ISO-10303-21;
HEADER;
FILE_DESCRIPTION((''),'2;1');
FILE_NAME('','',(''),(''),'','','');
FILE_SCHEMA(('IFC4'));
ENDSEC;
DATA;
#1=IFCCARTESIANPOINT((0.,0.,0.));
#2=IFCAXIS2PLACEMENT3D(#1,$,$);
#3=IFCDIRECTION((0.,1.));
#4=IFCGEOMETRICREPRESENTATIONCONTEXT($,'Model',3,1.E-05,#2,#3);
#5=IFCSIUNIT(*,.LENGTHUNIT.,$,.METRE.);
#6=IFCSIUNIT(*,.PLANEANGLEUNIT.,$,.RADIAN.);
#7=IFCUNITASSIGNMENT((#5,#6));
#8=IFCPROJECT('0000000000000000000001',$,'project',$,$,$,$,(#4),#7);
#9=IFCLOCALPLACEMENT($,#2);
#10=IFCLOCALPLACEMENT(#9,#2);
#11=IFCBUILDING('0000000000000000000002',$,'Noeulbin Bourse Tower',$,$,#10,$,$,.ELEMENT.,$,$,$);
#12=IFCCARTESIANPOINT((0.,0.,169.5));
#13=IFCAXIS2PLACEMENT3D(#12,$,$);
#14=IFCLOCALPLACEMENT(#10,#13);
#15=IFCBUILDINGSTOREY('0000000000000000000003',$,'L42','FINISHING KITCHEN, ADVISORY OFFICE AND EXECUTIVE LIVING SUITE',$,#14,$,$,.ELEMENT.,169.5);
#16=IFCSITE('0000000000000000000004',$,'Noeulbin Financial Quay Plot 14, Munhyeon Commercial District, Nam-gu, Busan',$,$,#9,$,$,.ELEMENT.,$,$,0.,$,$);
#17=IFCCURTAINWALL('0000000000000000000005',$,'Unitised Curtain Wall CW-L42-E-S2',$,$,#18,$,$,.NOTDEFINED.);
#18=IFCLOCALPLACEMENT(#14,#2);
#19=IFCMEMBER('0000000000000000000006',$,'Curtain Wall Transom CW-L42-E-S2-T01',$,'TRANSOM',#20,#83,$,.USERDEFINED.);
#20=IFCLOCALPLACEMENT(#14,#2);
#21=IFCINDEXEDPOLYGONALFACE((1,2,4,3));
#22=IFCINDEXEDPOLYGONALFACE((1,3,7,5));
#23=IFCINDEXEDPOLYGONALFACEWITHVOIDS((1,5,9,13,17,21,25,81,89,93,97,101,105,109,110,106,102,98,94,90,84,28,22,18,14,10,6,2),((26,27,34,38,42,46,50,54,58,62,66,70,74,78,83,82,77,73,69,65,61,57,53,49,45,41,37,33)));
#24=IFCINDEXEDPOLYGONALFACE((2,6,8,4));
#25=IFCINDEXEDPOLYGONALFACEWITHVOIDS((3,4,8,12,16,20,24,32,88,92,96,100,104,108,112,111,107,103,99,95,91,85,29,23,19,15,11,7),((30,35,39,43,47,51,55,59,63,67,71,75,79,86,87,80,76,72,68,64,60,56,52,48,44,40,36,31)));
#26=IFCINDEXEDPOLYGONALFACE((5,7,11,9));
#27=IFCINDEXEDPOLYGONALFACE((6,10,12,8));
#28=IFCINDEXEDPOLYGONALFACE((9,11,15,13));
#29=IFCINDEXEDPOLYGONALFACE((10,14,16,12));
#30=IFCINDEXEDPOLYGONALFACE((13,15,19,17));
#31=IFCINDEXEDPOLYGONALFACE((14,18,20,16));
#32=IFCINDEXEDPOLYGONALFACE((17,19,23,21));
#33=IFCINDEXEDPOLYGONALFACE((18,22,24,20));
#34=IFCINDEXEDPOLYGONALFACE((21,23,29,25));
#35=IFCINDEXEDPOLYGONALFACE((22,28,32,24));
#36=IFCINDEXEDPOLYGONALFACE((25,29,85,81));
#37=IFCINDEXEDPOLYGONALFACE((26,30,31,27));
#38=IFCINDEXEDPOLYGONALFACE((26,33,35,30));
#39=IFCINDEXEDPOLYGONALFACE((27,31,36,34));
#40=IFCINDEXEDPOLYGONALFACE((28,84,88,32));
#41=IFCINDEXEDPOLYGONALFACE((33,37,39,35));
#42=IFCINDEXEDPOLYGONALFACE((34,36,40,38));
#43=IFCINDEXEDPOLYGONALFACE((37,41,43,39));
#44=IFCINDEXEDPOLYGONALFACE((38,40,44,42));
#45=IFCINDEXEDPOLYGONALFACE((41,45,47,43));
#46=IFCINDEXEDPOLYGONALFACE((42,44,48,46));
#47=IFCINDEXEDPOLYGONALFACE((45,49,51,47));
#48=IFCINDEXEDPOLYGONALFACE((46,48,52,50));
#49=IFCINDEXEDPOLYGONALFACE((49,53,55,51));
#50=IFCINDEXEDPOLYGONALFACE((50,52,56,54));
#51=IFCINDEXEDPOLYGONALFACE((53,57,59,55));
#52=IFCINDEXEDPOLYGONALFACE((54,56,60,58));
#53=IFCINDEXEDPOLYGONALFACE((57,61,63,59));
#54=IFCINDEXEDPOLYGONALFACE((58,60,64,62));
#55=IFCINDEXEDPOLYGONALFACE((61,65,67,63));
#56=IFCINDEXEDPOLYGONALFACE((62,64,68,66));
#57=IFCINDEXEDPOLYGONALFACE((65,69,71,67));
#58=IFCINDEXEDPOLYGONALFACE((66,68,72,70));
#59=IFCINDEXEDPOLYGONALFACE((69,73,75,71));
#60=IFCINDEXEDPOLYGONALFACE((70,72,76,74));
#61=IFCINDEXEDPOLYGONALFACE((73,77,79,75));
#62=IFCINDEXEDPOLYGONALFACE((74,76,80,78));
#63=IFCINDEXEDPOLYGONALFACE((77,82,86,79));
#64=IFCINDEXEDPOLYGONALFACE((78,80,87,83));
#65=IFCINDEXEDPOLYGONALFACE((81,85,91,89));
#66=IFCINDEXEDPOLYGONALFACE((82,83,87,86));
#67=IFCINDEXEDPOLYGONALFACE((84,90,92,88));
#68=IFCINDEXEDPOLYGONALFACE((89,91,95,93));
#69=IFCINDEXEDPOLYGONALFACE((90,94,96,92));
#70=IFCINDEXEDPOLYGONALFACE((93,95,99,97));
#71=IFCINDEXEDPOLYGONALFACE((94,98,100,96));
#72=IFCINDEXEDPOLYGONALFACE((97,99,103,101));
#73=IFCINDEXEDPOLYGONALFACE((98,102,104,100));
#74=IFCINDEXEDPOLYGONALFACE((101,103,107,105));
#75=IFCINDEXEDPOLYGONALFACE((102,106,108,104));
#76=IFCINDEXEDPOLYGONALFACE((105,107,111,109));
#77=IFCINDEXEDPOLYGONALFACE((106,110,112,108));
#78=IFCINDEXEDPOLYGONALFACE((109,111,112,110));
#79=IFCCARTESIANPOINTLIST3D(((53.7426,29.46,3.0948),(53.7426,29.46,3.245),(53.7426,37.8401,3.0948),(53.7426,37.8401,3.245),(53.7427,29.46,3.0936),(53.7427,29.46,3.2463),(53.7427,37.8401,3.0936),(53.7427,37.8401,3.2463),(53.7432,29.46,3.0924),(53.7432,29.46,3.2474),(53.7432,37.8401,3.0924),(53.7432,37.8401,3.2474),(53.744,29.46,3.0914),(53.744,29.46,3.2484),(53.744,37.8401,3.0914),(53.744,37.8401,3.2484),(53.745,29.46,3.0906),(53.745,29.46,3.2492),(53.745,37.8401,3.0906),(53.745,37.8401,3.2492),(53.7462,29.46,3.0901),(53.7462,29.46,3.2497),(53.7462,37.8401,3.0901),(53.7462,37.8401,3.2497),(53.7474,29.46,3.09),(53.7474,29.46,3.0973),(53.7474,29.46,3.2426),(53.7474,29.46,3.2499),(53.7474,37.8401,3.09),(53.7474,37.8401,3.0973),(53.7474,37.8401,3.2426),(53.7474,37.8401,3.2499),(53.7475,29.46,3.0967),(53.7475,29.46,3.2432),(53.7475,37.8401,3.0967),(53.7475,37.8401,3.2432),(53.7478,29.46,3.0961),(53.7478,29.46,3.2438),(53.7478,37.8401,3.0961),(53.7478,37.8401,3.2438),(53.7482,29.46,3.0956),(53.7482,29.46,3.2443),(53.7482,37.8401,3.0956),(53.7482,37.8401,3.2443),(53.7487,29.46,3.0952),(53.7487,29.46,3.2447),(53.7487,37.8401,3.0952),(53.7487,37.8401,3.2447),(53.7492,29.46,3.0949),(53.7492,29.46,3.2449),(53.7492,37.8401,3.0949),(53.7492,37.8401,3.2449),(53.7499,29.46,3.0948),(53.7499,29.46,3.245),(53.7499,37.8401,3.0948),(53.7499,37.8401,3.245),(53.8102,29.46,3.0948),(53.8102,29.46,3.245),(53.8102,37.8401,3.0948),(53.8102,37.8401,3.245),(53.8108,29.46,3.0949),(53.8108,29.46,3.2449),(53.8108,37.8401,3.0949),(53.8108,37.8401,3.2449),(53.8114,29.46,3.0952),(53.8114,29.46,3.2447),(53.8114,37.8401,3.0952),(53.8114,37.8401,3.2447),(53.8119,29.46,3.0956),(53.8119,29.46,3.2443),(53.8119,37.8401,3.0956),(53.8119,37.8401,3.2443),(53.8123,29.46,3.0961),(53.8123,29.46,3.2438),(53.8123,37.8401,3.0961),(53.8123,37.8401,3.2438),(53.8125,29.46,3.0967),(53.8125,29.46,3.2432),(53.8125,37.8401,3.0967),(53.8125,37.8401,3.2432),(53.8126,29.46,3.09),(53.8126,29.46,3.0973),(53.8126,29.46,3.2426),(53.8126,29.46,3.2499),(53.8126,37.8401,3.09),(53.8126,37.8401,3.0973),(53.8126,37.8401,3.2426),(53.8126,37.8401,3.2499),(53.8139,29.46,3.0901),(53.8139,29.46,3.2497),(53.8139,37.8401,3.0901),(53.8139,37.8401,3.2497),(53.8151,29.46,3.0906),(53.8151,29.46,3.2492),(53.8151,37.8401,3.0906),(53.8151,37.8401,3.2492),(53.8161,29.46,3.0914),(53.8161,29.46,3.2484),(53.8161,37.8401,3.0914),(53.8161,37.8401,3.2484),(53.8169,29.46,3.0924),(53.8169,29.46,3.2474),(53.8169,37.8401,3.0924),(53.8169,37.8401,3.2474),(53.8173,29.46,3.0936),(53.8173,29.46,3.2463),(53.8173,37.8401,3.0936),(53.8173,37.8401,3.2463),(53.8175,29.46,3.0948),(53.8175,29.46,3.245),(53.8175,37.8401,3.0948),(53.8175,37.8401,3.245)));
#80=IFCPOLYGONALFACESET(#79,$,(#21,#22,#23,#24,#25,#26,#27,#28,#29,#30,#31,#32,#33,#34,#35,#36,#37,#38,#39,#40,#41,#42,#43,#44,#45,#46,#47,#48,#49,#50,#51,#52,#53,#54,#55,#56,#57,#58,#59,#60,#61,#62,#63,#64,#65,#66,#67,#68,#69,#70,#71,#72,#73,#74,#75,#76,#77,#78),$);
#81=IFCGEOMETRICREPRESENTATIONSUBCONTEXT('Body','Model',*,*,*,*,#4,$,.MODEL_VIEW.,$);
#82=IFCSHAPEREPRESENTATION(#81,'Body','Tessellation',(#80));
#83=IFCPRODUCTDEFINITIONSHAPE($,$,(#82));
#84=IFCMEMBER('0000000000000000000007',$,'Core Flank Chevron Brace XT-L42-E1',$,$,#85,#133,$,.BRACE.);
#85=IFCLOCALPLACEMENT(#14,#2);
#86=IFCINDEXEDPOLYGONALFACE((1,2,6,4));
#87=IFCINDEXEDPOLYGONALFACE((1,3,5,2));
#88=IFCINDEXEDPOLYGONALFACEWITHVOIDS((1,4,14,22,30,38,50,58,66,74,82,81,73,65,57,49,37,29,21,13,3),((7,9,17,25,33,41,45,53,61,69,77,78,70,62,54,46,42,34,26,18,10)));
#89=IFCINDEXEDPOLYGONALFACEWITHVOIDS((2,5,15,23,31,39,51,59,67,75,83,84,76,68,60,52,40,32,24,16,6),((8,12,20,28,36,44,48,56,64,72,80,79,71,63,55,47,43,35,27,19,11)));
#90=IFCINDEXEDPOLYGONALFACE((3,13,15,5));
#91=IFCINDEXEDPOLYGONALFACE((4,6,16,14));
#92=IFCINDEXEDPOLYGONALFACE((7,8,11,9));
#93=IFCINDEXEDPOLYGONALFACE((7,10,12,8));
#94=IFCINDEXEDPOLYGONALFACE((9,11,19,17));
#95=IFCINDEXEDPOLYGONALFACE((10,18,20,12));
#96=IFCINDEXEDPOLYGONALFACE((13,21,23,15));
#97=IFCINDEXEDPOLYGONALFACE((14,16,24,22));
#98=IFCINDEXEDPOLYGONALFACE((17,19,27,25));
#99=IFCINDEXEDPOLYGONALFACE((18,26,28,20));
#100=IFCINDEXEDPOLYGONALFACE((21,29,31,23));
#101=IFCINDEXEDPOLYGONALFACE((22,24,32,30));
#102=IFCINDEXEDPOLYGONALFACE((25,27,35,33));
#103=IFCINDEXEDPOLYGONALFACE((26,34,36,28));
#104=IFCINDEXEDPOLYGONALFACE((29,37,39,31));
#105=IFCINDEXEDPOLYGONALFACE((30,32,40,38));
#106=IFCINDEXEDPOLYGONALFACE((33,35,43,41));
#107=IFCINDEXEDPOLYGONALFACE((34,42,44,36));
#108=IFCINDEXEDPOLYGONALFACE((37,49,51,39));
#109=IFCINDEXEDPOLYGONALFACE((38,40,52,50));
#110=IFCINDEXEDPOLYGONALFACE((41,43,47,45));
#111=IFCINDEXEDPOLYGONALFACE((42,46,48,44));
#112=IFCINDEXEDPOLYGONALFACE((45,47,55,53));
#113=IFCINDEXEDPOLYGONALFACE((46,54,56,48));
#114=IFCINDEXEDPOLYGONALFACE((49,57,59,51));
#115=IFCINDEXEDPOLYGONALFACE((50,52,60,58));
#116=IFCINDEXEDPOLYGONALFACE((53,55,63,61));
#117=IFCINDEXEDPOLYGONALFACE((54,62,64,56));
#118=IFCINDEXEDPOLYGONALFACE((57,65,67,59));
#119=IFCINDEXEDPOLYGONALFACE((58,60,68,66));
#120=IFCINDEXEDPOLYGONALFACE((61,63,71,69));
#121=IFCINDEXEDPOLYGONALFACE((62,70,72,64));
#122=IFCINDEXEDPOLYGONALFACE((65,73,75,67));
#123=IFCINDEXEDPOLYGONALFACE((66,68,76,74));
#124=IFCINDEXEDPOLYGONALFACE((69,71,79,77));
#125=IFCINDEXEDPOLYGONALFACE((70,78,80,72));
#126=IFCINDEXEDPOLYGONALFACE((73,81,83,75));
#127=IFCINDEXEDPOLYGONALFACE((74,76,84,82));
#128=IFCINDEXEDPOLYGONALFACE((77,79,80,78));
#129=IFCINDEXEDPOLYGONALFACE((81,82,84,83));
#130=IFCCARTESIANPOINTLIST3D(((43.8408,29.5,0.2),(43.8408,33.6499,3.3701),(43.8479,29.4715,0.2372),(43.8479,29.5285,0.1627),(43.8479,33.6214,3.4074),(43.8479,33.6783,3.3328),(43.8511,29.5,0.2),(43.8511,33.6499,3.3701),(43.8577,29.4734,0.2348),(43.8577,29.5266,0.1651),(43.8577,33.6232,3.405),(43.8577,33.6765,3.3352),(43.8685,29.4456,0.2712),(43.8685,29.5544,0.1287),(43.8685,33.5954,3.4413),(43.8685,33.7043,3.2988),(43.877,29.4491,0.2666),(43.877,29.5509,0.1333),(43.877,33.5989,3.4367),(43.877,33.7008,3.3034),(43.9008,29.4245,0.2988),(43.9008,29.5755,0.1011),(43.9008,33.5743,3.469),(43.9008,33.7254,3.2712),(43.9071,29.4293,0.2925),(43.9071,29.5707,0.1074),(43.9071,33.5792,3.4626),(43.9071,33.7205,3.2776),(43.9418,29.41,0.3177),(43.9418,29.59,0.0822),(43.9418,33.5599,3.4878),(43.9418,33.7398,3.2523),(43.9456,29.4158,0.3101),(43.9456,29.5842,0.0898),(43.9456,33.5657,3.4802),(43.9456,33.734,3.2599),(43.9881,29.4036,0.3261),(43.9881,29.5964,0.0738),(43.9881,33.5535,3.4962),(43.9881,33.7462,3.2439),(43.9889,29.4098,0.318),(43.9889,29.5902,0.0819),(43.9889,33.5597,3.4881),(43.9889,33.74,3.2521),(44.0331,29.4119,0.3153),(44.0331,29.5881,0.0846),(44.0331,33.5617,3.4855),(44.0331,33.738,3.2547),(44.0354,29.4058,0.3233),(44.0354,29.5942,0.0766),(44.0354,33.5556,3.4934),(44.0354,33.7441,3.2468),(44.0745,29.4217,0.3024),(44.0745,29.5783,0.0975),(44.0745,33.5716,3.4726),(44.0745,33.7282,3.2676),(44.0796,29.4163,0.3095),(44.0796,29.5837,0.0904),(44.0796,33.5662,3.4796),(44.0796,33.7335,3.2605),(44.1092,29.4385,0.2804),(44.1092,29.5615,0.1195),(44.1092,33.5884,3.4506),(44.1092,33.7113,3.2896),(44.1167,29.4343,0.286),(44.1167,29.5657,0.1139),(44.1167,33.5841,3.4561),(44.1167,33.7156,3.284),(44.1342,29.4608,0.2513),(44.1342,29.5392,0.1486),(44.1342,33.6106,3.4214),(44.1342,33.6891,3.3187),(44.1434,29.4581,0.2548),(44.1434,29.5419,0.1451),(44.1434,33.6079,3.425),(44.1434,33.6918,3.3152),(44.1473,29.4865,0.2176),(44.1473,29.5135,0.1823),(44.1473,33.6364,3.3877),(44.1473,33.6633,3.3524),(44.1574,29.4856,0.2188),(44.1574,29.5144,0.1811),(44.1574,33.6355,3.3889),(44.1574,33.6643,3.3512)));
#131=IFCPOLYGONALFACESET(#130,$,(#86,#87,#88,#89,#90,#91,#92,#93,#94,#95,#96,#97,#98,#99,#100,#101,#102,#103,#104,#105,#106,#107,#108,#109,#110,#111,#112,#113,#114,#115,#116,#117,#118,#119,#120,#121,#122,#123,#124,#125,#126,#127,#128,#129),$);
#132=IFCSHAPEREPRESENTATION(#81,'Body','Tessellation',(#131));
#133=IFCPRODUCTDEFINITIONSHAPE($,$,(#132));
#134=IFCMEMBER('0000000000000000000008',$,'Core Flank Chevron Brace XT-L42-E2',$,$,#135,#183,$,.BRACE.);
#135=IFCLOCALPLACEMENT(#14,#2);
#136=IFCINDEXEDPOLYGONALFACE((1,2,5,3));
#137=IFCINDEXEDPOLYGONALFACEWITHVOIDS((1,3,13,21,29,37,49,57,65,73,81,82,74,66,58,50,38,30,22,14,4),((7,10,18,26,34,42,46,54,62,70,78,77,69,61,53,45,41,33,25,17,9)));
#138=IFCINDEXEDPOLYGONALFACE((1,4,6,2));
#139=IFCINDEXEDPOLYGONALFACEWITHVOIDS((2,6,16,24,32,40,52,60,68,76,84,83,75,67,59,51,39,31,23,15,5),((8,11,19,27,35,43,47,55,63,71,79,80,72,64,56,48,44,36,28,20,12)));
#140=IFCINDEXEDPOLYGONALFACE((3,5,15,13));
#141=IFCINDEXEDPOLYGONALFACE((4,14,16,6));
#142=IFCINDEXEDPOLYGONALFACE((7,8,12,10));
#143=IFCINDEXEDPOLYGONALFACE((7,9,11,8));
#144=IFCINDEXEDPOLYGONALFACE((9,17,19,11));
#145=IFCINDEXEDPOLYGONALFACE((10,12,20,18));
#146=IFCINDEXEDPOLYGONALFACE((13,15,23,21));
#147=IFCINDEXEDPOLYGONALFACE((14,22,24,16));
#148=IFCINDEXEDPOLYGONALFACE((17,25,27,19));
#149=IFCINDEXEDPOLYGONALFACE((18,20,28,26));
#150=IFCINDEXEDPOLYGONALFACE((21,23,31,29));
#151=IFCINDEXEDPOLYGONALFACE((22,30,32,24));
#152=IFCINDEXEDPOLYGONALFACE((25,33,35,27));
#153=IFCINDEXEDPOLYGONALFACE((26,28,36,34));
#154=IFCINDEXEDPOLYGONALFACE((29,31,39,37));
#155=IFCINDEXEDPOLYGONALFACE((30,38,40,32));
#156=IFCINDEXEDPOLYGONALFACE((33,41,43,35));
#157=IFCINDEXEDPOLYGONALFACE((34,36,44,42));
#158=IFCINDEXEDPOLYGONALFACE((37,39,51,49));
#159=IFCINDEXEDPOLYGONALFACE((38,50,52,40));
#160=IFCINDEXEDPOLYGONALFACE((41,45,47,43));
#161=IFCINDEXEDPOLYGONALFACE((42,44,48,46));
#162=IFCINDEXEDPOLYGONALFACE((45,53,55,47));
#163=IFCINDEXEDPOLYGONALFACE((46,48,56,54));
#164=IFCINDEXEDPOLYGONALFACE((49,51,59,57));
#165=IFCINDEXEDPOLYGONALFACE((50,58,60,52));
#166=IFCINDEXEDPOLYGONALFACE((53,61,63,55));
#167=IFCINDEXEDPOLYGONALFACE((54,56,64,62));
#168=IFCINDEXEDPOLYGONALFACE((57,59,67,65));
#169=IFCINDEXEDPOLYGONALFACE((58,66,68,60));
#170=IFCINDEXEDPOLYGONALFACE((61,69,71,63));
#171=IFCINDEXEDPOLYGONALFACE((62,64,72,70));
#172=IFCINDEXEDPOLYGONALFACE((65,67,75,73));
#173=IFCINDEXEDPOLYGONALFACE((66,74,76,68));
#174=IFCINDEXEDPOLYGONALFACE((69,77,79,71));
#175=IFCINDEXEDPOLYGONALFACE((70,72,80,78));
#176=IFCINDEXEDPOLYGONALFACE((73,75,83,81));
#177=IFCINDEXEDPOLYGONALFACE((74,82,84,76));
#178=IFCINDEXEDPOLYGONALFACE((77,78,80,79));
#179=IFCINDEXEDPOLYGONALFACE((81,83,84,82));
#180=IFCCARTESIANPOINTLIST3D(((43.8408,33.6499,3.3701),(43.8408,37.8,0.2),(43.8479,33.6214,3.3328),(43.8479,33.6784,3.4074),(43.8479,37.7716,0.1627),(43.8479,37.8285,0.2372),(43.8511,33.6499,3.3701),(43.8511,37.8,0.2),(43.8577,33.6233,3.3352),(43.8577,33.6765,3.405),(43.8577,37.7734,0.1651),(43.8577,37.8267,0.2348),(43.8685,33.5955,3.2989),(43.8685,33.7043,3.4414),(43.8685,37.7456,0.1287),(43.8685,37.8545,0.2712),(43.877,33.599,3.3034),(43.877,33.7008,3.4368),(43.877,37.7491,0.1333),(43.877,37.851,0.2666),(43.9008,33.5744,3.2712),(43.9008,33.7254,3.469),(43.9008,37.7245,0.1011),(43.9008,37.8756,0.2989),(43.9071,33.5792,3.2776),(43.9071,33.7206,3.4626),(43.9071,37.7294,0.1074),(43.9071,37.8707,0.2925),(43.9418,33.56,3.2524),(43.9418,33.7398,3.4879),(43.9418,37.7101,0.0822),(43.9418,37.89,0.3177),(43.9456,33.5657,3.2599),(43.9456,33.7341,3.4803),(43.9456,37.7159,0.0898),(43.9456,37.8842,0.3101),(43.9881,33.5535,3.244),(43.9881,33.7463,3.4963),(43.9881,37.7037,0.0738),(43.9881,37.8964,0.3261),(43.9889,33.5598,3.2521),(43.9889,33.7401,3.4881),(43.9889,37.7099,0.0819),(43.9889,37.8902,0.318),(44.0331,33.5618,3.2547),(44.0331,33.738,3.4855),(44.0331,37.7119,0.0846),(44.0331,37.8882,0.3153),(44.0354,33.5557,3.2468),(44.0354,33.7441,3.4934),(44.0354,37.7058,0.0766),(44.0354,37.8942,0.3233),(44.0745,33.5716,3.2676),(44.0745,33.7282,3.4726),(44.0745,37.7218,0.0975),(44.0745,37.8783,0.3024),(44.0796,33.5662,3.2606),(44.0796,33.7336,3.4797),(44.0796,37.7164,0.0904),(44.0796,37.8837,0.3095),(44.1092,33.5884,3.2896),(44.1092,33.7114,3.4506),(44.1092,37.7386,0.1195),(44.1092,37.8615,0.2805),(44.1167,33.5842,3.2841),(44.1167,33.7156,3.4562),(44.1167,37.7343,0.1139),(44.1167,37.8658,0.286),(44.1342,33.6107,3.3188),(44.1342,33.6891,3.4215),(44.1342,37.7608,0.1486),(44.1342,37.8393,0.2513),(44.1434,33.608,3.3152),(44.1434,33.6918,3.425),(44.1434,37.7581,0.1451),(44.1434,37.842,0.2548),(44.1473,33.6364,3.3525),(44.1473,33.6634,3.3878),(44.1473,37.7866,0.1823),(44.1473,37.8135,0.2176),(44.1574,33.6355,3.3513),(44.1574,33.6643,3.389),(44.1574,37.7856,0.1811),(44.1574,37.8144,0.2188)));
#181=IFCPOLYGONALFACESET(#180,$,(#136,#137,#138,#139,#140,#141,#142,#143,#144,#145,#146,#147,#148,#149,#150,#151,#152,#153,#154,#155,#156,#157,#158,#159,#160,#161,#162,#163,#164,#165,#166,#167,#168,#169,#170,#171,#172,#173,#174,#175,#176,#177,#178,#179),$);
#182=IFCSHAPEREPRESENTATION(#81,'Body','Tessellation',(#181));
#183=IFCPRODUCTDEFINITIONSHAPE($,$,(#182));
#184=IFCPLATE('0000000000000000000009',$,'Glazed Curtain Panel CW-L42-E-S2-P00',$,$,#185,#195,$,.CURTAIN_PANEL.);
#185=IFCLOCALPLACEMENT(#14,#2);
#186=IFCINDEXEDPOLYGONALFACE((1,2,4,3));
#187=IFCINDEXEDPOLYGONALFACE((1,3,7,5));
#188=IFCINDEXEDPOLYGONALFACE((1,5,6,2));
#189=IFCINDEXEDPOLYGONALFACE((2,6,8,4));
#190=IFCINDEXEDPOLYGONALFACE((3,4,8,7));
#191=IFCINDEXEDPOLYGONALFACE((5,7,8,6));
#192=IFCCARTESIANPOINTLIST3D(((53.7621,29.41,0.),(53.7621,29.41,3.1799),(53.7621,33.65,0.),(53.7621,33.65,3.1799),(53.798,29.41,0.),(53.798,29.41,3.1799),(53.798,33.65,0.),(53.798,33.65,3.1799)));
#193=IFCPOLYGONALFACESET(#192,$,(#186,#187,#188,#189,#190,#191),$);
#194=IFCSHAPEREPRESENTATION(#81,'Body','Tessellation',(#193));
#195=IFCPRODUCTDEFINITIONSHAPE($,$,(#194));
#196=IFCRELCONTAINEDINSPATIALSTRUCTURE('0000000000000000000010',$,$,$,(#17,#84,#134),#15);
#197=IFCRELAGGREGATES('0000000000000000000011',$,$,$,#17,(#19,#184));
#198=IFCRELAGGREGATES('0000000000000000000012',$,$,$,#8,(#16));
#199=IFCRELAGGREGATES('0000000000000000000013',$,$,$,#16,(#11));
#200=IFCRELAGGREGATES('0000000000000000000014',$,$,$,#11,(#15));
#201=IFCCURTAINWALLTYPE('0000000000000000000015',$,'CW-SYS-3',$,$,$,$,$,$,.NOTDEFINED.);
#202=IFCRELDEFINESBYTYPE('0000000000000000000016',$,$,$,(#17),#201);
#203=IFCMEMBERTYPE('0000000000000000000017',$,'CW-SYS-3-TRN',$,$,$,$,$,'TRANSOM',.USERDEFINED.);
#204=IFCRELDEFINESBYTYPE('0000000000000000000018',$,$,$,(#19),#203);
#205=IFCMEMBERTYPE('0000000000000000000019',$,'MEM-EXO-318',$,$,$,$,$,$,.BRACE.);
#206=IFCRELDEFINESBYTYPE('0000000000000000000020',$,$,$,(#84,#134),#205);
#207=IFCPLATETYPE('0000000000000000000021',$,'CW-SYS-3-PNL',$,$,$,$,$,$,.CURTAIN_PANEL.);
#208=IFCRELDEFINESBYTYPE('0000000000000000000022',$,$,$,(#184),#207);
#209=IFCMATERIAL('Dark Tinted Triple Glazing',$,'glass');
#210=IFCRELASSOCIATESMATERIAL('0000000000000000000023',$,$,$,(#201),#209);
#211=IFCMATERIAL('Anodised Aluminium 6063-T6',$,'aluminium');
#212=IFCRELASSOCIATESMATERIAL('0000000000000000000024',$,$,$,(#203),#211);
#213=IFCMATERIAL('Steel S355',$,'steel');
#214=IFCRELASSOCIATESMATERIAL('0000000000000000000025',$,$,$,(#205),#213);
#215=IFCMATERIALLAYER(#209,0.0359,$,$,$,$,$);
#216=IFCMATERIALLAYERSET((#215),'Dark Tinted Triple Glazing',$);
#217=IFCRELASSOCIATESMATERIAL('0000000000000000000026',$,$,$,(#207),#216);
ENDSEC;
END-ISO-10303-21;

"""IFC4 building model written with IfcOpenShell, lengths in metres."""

from ifc_helpers import new_model, si_unit, direction, frame, origin, origin_2d, place, context, subcontext, project, spatial, rectangle, hollow_rectangle, hollow_circle, extrude, material, layer, layer_set, material_profile, profile_set, type_object, element, aggregate, save


model = new_model("IFC4")

# Units and contexts
model_context = context("Model", 3, precision=1e-05, world=origin(), true_north=direction((0.0, 1.0)))
body_context = subcontext(model_context, "Body", "Model", "MODEL_VIEW")
ifc_project = project(units=[si_unit("LENGTHUNIT", "METRE"), si_unit("PLANEANGLEUNIT", "RADIAN")], contexts=[model_context])

# Site, building, storey
site_placement = place(None, origin())
site = spatial("IfcSite", under=ifc_project, at=site_placement, Name="Noeulbin Financial Quay Plot 14, Munhyeon Commercial District, Nam-gu, Busan", CompositionType="ELEMENT", RefElevation=0.0)
building_placement = place(site_placement, origin())
building = spatial("IfcBuilding", under=site, at=building_placement, Name="Noeulbin Bourse Tower", CompositionType="ELEMENT")
storey_placement = place(building_placement, frame((0.0, 0.0, 169.5)))
storey = spatial("IfcBuildingStorey", under=building, at=storey_placement, Name="L42", Description="FINISHING KITCHEN, ADVISORY OFFICE AND EXECUTIVE LIVING SUITE", CompositionType="ELEMENT", Elevation=169.5)

# Shared definitions
ifc_material_1 = material(Name="Steel S355", Category="steel")

# Curtain wall, member
ifc_material_2 = material(Name="Dark Tinted Triple Glazing", Category="glass")
curtain_wall_type = type_object("IfcCurtainWallType", Name="CW-SYS-3", PredefinedType="NOTDEFINED", material=ifc_material_2)
curtain_wall_placement = place(storey_placement, origin())
curtain_wall = element("IfcCurtainWall", 1, at=curtain_wall_placement, inside=storey, type_object=curtain_wall_type, Name="Unitised Curtain Wall CW-L42-E-S2", PredefinedType="NOTDEFINED")
ifc_material_3 = material(Name="Anodised Aluminium 6063-T6", Category="aluminium")
ifc_material_profile_1 = material_profile(ifc_material_3, hollow_rectangle(XDim=0.075, YDim=0.1599, WallThickness=0.0049, InnerFilletRadius=0.0024, OuterFilletRadius=0.0049, at=origin_2d()), Name="ALU-TRAN-75x160x5", Category="LoadBearing")
ifc_profile_set_1 = profile_set([ifc_material_profile_1], Name="Anodised Aluminium 6063-T6")
member_type_1 = type_object("IfcMemberType", Name="CW-SYS-3-TRN", ElementType="TRANSOM", PredefinedType="USERDEFINED", material=ifc_profile_set_1)
member_1_placement = place(storey_placement, frame((53.78, 29.46, 3.1699), z_axis=(0.0, 1.0, 0.0), x_axis=(-1.0, 0.0, 0.0)))
member_1 = element("IfcMember", 2, at=member_1_placement, type_object=member_type_1, Name="Curtain Wall Transom CW-L42-E-S2-T01", ObjectType="TRANSOM", PredefinedType="USERDEFINED", context=body_context, shape_type="SweptSolid", body=[
    extrude(hollow_rectangle(XDim=0.075, YDim=0.1599, WallThickness=0.0049, InnerFilletRadius=0.0024, OuterFilletRadius=0.0049, at=origin_2d()), origin(), (0.0, 0.0, 1.0), 8.3801),
])

# Members
ifc_material_profile_2 = material_profile(ifc_material_1, hollow_circle(Radius=0.1592, WallThickness=0.0103, at=origin_2d()), Name="CHS-318.5x10.3", Category="LoadBearing")
ifc_profile_set_2 = profile_set([ifc_material_profile_2], Name="Steel S355")
member_type_2 = type_object("IfcMemberType", Name="MEM-EXO-318", PredefinedType="BRACE", material=ifc_profile_set_2)
member_2_placement = place(storey_placement, frame((44.0, 29.5, 0.2), z_axis=(0.0, 0.794662, 0.607053), x_axis=(-1.0, 0.0, 0.0)))
element("IfcMember", 3, at=member_2_placement, inside=storey, type_object=member_type_2, Name="Core Flank Chevron Brace XT-L42-E1", PredefinedType="BRACE", context=body_context, shape_type="SweptSolid", body=[
    extrude(hollow_circle(Radius=0.1592, WallThickness=0.0103, at=origin_2d()), origin(), (0.0, 0.0, 1.0), 5.2222),
])
member_3_placement = place(storey_placement, frame((44.0, 33.6499, 3.3701), z_axis=(0.0, 0.794679, -0.60703), x_axis=(-1.0, 0.0, 0.0)))
element("IfcMember", 4, at=member_3_placement, inside=storey, type_object=member_type_2, Name="Core Flank Chevron Brace XT-L42-E2", PredefinedType="BRACE", context=body_context, shape_type="SweptSolid", body=[
    extrude(hollow_circle(Radius=0.1592, WallThickness=0.0103, at=origin_2d()), origin(), (0.0, 0.0, 1.0), 5.2224),
])

# Plate
ifc_layer_1 = layer(ifc_material_2, 0.0359)
ifc_layer_set_1 = layer_set([ifc_layer_1], Name="Dark Tinted Triple Glazing")
plate_type_1 = type_object("IfcPlateType", Name="CW-SYS-3-PNL", PredefinedType="CURTAIN_PANEL", material=ifc_layer_set_1)
plate_1_placement = place(storey_placement, frame((53.78, 31.53, 0.0), z_axis=(0.0, 0.0, 1.0), x_axis=(0.0, 1.0, 0.0)))
plate_1 = element("IfcPlate", 5, at=plate_1_placement, type_object=plate_type_1, Name="Glazed Curtain Panel CW-L42-E-S2-P00", PredefinedType="CURTAIN_PANEL", context=body_context, shape_type="SweptSolid", body=[
    extrude(rectangle(XDim=4.24, YDim=0.0359, at=origin_2d()), origin(), (0.0, 0.0, 1.0), 3.1799),
])
aggregate(curtain_wall, [member_1, plate_1])

save(model, "model.ifc")
